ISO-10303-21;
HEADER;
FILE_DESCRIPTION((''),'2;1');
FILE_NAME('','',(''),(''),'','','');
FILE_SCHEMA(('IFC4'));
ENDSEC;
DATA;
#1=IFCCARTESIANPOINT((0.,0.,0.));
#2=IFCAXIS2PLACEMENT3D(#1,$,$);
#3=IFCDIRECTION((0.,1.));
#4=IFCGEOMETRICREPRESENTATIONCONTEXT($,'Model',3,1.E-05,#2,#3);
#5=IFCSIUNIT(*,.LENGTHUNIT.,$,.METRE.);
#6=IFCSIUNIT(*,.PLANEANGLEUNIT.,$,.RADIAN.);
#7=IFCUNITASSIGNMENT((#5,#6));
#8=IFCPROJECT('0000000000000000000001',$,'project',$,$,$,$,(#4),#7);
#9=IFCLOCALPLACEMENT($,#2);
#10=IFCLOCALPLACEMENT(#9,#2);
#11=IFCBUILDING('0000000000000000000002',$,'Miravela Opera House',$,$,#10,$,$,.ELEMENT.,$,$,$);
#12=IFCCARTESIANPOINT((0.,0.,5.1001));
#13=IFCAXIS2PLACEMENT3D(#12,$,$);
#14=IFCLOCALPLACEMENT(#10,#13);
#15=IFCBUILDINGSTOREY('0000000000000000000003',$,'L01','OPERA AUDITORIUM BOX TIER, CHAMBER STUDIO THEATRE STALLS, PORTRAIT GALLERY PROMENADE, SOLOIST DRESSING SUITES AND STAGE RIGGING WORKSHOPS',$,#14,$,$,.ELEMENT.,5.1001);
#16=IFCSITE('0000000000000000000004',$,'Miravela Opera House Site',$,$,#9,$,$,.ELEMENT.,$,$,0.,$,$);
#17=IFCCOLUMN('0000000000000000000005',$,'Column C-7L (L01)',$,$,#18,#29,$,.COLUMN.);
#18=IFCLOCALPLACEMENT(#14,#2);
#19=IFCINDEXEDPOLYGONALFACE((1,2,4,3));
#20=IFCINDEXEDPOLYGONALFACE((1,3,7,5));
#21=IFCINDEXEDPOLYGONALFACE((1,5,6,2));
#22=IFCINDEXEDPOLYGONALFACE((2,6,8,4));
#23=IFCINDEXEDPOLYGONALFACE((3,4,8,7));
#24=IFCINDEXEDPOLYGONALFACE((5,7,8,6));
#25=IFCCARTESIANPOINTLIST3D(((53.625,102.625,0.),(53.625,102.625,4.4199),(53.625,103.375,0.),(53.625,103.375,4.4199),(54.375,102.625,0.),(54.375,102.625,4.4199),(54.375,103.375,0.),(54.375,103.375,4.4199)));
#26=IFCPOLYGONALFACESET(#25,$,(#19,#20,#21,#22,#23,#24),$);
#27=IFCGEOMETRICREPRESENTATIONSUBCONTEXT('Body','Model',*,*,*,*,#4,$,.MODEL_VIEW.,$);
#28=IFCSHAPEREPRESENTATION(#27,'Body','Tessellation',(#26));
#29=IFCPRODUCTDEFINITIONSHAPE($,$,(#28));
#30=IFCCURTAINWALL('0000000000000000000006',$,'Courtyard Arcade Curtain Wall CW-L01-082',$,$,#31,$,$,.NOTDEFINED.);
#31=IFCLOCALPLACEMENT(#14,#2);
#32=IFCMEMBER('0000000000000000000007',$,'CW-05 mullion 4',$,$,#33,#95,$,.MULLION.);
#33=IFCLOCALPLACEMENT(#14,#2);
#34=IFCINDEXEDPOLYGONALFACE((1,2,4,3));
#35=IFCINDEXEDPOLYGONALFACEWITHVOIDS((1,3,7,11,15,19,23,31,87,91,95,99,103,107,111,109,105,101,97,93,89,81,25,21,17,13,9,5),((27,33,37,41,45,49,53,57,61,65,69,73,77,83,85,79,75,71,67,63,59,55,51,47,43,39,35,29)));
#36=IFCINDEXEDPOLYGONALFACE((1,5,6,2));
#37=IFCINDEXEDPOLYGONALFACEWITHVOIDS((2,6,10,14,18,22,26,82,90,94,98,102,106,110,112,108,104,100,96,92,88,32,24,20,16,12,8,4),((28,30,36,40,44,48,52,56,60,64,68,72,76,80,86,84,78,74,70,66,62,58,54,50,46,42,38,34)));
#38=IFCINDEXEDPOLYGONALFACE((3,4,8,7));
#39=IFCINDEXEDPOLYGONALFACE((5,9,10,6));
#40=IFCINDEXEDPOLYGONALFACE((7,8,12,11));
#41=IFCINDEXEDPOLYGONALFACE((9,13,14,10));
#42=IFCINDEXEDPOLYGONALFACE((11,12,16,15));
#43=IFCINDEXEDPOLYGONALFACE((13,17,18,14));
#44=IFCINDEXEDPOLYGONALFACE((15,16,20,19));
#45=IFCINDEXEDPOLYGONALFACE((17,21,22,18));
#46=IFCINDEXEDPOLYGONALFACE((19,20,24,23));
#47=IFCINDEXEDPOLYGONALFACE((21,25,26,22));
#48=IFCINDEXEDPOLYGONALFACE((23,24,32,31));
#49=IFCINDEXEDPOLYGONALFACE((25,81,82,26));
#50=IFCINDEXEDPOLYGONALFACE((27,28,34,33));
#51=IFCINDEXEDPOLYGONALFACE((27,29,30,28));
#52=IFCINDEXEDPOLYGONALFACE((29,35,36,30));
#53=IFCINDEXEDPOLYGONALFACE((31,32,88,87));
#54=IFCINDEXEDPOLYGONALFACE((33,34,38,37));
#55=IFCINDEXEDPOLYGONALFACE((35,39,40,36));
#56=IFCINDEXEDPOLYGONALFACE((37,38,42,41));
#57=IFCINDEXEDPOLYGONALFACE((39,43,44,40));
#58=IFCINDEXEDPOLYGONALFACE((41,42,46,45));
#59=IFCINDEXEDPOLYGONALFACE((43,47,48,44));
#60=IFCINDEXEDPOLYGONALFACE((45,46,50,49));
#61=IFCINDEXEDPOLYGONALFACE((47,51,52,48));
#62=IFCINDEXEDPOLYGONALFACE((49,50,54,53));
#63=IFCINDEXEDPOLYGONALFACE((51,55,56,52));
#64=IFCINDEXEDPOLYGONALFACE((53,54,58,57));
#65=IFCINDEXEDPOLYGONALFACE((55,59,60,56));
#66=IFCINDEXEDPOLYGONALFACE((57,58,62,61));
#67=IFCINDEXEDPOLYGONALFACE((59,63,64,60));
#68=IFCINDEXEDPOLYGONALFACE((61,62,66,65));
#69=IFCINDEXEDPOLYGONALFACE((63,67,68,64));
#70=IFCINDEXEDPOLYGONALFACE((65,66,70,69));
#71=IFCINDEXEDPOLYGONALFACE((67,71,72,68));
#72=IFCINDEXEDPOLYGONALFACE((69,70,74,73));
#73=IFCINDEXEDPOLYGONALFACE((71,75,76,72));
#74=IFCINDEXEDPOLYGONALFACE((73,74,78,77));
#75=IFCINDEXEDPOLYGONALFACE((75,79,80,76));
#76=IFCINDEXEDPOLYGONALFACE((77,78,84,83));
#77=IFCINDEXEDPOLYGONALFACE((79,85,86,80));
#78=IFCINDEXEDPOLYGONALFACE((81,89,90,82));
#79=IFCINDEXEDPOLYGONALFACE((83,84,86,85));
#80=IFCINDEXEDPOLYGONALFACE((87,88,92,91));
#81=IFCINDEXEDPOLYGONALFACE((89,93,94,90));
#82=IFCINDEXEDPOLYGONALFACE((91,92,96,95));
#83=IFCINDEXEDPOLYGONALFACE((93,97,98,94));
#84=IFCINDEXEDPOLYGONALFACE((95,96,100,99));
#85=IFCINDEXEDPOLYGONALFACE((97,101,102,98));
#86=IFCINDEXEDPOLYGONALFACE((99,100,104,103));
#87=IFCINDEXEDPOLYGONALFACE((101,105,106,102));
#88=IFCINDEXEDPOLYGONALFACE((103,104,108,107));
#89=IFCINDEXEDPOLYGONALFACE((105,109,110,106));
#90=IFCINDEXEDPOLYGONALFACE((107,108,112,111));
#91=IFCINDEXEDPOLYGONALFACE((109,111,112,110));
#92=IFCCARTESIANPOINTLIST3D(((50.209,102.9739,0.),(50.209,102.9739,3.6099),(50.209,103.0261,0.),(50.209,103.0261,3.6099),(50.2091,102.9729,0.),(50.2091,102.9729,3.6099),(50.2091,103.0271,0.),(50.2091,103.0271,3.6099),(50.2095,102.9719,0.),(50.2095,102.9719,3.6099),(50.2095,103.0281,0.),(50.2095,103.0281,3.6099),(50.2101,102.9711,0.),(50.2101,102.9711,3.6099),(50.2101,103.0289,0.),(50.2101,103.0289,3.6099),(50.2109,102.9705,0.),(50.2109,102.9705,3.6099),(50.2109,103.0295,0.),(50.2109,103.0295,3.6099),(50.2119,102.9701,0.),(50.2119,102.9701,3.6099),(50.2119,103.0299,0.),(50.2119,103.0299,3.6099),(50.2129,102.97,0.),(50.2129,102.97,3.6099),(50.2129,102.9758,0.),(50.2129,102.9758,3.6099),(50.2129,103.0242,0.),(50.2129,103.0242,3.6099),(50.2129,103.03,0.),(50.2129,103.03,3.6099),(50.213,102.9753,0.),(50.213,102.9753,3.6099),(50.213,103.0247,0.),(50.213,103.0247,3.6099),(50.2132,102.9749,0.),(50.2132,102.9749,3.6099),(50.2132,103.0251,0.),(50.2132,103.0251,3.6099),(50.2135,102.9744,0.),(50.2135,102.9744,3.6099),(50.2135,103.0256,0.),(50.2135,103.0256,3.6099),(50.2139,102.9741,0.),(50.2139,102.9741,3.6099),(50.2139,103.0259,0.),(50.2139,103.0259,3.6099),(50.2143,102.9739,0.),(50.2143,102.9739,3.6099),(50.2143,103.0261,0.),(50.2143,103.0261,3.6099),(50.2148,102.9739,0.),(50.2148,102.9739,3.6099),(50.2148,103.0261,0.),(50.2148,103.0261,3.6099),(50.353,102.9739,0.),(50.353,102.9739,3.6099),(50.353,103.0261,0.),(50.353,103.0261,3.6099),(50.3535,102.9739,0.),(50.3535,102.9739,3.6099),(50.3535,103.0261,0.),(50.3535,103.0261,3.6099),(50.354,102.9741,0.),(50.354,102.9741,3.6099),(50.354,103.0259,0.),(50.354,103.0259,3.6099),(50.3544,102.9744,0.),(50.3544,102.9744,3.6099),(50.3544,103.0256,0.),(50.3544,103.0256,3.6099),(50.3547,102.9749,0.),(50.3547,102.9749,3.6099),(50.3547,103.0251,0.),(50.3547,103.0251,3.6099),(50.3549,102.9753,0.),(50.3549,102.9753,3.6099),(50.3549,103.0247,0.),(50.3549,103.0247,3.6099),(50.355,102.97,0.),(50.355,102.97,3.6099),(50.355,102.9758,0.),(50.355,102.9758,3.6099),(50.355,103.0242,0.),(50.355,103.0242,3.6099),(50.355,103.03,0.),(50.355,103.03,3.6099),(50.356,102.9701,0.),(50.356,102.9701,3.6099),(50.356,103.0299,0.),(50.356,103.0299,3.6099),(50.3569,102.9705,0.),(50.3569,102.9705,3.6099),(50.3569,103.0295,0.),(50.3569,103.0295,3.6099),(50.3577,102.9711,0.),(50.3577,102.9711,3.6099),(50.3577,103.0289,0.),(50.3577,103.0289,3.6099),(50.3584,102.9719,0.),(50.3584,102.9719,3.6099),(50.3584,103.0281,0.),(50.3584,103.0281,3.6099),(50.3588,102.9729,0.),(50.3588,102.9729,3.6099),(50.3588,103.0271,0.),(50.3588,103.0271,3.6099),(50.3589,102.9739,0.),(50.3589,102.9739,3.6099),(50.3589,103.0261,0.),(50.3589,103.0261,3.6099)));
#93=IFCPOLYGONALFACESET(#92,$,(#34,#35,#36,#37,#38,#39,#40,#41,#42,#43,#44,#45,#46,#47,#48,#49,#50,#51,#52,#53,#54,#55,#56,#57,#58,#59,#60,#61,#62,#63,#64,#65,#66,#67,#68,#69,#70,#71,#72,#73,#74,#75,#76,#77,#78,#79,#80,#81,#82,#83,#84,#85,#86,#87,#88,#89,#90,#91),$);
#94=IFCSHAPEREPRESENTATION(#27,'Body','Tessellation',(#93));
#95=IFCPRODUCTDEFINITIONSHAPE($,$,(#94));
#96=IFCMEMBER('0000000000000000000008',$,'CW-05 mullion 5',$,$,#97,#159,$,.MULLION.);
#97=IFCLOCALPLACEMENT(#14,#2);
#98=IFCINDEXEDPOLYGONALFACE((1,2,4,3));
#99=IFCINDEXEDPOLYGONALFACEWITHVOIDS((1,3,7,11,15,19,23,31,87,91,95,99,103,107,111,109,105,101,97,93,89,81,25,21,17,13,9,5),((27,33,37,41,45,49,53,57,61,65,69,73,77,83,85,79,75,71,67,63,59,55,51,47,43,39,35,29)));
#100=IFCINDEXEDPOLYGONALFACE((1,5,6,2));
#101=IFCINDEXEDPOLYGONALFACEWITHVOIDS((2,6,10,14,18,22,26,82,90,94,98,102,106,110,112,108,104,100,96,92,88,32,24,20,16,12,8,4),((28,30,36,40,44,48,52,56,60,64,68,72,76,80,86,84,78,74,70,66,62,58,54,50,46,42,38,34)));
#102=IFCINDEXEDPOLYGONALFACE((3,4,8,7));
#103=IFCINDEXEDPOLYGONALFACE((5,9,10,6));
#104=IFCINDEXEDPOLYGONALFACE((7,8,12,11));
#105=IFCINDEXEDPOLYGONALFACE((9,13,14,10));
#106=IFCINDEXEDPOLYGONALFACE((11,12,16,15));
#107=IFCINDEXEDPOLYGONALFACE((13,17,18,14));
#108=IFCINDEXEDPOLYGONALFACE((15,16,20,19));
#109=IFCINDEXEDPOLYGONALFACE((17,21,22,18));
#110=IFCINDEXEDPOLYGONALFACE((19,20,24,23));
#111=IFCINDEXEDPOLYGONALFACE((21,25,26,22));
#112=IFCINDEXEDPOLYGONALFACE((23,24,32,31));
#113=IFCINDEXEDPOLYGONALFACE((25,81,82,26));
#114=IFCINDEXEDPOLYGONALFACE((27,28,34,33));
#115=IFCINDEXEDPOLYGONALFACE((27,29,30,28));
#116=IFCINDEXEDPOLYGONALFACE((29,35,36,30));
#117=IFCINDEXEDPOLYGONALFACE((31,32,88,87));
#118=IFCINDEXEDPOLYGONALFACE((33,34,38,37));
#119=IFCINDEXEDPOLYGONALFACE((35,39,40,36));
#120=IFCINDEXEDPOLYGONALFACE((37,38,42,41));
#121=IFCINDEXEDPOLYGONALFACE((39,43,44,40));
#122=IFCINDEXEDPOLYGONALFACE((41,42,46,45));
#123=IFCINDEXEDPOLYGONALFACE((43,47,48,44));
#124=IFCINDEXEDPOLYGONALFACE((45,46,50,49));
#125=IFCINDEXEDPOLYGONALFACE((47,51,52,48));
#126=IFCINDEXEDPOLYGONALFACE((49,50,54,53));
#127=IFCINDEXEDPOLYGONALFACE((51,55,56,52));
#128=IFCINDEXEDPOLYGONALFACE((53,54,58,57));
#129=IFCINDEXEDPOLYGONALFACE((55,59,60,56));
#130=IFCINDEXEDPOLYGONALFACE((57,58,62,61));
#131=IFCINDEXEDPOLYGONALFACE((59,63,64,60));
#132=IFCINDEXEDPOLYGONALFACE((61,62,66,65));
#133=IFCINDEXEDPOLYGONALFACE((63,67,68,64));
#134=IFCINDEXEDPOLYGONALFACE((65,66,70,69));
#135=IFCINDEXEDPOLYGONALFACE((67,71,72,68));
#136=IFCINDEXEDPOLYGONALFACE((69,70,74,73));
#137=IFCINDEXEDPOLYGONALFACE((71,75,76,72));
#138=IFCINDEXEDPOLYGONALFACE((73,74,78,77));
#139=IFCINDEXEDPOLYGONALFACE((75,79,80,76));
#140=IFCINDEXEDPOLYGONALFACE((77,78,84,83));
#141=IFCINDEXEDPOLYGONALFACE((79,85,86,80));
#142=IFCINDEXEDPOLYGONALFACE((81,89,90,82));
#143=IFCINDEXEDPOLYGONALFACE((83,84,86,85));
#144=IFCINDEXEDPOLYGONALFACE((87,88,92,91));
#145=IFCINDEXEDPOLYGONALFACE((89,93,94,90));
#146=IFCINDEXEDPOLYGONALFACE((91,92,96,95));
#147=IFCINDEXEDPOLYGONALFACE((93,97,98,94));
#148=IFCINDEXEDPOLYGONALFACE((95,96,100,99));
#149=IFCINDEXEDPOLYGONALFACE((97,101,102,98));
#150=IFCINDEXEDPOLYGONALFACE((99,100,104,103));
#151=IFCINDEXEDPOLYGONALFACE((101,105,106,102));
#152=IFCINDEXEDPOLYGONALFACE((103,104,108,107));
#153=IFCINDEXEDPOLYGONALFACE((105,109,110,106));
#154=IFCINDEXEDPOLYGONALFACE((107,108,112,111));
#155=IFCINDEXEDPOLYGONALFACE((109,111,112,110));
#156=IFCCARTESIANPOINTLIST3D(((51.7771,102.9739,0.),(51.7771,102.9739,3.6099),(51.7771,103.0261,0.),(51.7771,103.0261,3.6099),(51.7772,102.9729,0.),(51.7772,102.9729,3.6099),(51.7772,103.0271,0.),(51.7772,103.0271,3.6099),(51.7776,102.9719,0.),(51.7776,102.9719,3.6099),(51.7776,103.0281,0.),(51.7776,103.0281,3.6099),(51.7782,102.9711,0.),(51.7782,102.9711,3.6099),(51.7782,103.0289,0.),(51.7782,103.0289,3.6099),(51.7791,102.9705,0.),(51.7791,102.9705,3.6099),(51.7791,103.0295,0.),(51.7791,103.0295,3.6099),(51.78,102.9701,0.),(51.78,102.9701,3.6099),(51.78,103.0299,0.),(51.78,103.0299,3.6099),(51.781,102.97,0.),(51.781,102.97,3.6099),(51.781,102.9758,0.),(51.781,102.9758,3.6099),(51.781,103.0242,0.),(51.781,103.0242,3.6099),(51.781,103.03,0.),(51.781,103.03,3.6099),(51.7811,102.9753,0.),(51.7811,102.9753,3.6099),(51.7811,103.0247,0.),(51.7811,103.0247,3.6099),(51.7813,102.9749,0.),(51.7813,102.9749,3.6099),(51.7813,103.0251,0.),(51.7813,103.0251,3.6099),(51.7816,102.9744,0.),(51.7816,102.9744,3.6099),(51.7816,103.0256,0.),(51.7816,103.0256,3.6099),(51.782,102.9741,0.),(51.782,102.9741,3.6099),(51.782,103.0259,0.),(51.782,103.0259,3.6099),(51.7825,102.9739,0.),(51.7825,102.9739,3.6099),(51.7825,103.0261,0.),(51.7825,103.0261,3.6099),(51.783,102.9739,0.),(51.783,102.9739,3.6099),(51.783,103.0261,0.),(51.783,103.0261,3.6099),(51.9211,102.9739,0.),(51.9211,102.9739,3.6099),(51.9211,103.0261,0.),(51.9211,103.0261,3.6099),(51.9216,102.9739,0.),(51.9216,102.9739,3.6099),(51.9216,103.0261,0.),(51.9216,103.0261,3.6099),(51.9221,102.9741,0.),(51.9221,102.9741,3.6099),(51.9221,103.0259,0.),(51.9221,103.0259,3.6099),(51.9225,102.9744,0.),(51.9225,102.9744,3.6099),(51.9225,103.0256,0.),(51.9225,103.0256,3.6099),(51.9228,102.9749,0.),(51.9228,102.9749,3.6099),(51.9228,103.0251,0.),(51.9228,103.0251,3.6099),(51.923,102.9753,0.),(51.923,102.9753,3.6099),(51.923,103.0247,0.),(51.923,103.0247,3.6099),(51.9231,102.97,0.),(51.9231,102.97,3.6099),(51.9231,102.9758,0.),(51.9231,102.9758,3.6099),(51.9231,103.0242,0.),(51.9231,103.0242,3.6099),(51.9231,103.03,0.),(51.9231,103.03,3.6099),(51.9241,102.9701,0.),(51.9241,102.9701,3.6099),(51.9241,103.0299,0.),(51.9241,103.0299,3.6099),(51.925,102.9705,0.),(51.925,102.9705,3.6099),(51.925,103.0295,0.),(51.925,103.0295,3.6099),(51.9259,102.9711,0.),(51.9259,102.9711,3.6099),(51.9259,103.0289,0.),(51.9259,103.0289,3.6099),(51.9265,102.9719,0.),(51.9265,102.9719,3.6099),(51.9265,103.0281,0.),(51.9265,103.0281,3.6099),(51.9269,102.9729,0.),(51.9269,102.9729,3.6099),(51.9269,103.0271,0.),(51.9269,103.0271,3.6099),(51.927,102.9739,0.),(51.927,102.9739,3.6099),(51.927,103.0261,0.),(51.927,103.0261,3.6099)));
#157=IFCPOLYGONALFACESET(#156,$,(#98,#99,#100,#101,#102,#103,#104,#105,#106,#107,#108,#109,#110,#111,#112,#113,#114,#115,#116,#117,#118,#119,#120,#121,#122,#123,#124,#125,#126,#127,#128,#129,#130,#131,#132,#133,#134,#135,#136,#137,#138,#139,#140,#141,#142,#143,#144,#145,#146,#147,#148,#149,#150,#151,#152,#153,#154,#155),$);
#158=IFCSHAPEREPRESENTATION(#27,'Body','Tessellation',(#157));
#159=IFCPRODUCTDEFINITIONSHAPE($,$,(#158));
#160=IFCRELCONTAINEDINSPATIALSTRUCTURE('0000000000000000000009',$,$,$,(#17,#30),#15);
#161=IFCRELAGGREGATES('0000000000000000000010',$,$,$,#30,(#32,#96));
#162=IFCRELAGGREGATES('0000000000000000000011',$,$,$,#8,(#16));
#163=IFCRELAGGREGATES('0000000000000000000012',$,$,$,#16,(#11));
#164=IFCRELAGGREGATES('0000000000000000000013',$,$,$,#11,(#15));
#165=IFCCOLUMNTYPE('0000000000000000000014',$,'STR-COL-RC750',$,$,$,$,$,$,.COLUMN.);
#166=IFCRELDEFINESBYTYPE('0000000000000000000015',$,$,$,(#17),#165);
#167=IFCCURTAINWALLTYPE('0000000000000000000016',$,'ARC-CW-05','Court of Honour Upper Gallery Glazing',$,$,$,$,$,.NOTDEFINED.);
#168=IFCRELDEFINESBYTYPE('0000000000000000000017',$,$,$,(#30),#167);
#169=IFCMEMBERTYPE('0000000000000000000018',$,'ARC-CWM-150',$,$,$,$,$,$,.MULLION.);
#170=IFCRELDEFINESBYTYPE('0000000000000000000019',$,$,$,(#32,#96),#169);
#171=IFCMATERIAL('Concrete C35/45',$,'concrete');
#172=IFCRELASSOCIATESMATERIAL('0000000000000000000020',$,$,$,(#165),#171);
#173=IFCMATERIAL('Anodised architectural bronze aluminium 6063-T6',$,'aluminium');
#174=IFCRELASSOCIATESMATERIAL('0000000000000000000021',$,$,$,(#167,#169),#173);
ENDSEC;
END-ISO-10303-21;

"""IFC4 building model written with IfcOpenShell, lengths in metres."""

from ifc_helpers import new_model, si_unit, direction, frame, origin, origin_2d, place, context, subcontext, project, spatial, rectangle, hollow_rectangle, extrude, material, material_profile, profile_set, type_object, element, aggregate, save


model = new_model("IFC4")

# Units and contexts
model_context = context("Model", 3, precision=1e-05, world=origin(), true_north=direction((0.0, 1.0)))
body_context = subcontext(model_context, "Body", "Model", "MODEL_VIEW")
ifc_project = project(units=[si_unit("LENGTHUNIT", "METRE"), si_unit("PLANEANGLEUNIT", "RADIAN")], contexts=[model_context])

# Site, building, storey
site_placement = place(None, origin())
site = spatial("IfcSite", under=ifc_project, at=site_placement, Name="Miravela Opera House Site", CompositionType="ELEMENT", RefElevation=0.0)
building_placement = place(site_placement, origin())
building = spatial("IfcBuilding", under=site, at=building_placement, Name="Miravela Opera House", CompositionType="ELEMENT")
storey_placement = place(building_placement, frame((0.0, 0.0, 5.1001)))
storey = spatial("IfcBuildingStorey", under=building, at=storey_placement, Name="L01", Description="OPERA AUDITORIUM BOX TIER, CHAMBER STUDIO THEATRE STALLS, PORTRAIT GALLERY PROMENADE, SOLOIST DRESSING SUITES AND STAGE RIGGING WORKSHOPS", CompositionType="ELEMENT", Elevation=5.1001)

# Column
ifc_material_1 = material(Name="Concrete C35/45", Category="concrete")
ifc_material_profile_1 = material_profile(ifc_material_1, rectangle(XDim=0.75, YDim=0.75, at=origin_2d()), Name="RC-COL-750X750")
ifc_profile_set_1 = profile_set([ifc_material_profile_1])
column_type = type_object("IfcColumnType", Name="STR-COL-RC750", PredefinedType="COLUMN", material=ifc_profile_set_1)
column_placement = place(storey_placement, frame((54.0, 103.0, 0.0), z_axis=(0.0, 0.0, 1.0), x_axis=(1.0, 0.0, 0.0)))
element("IfcColumn", 1, at=column_placement, inside=storey, type_object=column_type, Name="Column C-7L (L01)", PredefinedType="COLUMN", context=body_context, shape_type="SweptSolid", body=[
    extrude(rectangle(XDim=0.75, YDim=0.75, at=origin_2d()), origin(), (0.0, 0.0, 1.0), 4.4199),
])

# Curtain wall, members
ifc_material_2 = material(Name="Anodised architectural bronze aluminium 6063-T6", Category="aluminium")
curtain_wall_type = type_object("IfcCurtainWallType", Name="ARC-CW-05", Description="Court of Honour Upper Gallery Glazing", PredefinedType="NOTDEFINED", material=ifc_material_2)
curtain_wall_1_placement = place(storey_placement, origin())
curtain_wall_1 = element("IfcCurtainWall", 2, at=curtain_wall_1_placement, inside=storey, type_object=curtain_wall_type, Name="Courtyard Arcade Curtain Wall CW-L01-082", PredefinedType="NOTDEFINED")
ifc_material_profile_2 = material_profile(ifc_material_2, hollow_rectangle(XDim=0.0601, YDim=0.1499, WallThickness=0.0039, InnerFilletRadius=0.002, OuterFilletRadius=0.0039, at=origin_2d()), Name="CWM-60X150")
ifc_profile_set_2 = profile_set([ifc_material_profile_2])
member_type_1 = type_object("IfcMemberType", Name="ARC-CWM-150", PredefinedType="MULLION", material=ifc_profile_set_2)
member_1_placement = place(storey_placement, frame((50.2839, 103.0, 0.0), z_axis=(0.0, 0.0, 1.0), x_axis=(0.0, 1.0, 0.0)))
member_1 = element("IfcMember", 3, at=member_1_placement, type_object=member_type_1, Name="CW-05 mullion 4", PredefinedType="MULLION", context=body_context, shape_type="SweptSolid", body=[
    extrude(hollow_rectangle(XDim=0.0601, YDim=0.1499, WallThickness=0.0039, InnerFilletRadius=0.002, OuterFilletRadius=0.0039, at=origin_2d()), origin(), (0.0, 0.0, 1.0), 3.6099),
])
member_2_placement = place(storey_placement, frame((51.8521, 103.0, 0.0), z_axis=(0.0, 0.0, 1.0), x_axis=(0.0, 1.0, 0.0)))
member_2 = element("IfcMember", 4, at=member_2_placement, type_object=member_type_1, Name="CW-05 mullion 5", PredefinedType="MULLION", context=body_context, shape_type="SweptSolid", body=[
    extrude(hollow_rectangle(XDim=0.0601, YDim=0.1499, WallThickness=0.0039, InnerFilletRadius=0.002, OuterFilletRadius=0.0039, at=origin_2d()), origin(), (0.0, 0.0, 1.0), 3.6099),
])

aggregate(curtain_wall_1, [member_1, member_2])

save(model, "model.ifc")
